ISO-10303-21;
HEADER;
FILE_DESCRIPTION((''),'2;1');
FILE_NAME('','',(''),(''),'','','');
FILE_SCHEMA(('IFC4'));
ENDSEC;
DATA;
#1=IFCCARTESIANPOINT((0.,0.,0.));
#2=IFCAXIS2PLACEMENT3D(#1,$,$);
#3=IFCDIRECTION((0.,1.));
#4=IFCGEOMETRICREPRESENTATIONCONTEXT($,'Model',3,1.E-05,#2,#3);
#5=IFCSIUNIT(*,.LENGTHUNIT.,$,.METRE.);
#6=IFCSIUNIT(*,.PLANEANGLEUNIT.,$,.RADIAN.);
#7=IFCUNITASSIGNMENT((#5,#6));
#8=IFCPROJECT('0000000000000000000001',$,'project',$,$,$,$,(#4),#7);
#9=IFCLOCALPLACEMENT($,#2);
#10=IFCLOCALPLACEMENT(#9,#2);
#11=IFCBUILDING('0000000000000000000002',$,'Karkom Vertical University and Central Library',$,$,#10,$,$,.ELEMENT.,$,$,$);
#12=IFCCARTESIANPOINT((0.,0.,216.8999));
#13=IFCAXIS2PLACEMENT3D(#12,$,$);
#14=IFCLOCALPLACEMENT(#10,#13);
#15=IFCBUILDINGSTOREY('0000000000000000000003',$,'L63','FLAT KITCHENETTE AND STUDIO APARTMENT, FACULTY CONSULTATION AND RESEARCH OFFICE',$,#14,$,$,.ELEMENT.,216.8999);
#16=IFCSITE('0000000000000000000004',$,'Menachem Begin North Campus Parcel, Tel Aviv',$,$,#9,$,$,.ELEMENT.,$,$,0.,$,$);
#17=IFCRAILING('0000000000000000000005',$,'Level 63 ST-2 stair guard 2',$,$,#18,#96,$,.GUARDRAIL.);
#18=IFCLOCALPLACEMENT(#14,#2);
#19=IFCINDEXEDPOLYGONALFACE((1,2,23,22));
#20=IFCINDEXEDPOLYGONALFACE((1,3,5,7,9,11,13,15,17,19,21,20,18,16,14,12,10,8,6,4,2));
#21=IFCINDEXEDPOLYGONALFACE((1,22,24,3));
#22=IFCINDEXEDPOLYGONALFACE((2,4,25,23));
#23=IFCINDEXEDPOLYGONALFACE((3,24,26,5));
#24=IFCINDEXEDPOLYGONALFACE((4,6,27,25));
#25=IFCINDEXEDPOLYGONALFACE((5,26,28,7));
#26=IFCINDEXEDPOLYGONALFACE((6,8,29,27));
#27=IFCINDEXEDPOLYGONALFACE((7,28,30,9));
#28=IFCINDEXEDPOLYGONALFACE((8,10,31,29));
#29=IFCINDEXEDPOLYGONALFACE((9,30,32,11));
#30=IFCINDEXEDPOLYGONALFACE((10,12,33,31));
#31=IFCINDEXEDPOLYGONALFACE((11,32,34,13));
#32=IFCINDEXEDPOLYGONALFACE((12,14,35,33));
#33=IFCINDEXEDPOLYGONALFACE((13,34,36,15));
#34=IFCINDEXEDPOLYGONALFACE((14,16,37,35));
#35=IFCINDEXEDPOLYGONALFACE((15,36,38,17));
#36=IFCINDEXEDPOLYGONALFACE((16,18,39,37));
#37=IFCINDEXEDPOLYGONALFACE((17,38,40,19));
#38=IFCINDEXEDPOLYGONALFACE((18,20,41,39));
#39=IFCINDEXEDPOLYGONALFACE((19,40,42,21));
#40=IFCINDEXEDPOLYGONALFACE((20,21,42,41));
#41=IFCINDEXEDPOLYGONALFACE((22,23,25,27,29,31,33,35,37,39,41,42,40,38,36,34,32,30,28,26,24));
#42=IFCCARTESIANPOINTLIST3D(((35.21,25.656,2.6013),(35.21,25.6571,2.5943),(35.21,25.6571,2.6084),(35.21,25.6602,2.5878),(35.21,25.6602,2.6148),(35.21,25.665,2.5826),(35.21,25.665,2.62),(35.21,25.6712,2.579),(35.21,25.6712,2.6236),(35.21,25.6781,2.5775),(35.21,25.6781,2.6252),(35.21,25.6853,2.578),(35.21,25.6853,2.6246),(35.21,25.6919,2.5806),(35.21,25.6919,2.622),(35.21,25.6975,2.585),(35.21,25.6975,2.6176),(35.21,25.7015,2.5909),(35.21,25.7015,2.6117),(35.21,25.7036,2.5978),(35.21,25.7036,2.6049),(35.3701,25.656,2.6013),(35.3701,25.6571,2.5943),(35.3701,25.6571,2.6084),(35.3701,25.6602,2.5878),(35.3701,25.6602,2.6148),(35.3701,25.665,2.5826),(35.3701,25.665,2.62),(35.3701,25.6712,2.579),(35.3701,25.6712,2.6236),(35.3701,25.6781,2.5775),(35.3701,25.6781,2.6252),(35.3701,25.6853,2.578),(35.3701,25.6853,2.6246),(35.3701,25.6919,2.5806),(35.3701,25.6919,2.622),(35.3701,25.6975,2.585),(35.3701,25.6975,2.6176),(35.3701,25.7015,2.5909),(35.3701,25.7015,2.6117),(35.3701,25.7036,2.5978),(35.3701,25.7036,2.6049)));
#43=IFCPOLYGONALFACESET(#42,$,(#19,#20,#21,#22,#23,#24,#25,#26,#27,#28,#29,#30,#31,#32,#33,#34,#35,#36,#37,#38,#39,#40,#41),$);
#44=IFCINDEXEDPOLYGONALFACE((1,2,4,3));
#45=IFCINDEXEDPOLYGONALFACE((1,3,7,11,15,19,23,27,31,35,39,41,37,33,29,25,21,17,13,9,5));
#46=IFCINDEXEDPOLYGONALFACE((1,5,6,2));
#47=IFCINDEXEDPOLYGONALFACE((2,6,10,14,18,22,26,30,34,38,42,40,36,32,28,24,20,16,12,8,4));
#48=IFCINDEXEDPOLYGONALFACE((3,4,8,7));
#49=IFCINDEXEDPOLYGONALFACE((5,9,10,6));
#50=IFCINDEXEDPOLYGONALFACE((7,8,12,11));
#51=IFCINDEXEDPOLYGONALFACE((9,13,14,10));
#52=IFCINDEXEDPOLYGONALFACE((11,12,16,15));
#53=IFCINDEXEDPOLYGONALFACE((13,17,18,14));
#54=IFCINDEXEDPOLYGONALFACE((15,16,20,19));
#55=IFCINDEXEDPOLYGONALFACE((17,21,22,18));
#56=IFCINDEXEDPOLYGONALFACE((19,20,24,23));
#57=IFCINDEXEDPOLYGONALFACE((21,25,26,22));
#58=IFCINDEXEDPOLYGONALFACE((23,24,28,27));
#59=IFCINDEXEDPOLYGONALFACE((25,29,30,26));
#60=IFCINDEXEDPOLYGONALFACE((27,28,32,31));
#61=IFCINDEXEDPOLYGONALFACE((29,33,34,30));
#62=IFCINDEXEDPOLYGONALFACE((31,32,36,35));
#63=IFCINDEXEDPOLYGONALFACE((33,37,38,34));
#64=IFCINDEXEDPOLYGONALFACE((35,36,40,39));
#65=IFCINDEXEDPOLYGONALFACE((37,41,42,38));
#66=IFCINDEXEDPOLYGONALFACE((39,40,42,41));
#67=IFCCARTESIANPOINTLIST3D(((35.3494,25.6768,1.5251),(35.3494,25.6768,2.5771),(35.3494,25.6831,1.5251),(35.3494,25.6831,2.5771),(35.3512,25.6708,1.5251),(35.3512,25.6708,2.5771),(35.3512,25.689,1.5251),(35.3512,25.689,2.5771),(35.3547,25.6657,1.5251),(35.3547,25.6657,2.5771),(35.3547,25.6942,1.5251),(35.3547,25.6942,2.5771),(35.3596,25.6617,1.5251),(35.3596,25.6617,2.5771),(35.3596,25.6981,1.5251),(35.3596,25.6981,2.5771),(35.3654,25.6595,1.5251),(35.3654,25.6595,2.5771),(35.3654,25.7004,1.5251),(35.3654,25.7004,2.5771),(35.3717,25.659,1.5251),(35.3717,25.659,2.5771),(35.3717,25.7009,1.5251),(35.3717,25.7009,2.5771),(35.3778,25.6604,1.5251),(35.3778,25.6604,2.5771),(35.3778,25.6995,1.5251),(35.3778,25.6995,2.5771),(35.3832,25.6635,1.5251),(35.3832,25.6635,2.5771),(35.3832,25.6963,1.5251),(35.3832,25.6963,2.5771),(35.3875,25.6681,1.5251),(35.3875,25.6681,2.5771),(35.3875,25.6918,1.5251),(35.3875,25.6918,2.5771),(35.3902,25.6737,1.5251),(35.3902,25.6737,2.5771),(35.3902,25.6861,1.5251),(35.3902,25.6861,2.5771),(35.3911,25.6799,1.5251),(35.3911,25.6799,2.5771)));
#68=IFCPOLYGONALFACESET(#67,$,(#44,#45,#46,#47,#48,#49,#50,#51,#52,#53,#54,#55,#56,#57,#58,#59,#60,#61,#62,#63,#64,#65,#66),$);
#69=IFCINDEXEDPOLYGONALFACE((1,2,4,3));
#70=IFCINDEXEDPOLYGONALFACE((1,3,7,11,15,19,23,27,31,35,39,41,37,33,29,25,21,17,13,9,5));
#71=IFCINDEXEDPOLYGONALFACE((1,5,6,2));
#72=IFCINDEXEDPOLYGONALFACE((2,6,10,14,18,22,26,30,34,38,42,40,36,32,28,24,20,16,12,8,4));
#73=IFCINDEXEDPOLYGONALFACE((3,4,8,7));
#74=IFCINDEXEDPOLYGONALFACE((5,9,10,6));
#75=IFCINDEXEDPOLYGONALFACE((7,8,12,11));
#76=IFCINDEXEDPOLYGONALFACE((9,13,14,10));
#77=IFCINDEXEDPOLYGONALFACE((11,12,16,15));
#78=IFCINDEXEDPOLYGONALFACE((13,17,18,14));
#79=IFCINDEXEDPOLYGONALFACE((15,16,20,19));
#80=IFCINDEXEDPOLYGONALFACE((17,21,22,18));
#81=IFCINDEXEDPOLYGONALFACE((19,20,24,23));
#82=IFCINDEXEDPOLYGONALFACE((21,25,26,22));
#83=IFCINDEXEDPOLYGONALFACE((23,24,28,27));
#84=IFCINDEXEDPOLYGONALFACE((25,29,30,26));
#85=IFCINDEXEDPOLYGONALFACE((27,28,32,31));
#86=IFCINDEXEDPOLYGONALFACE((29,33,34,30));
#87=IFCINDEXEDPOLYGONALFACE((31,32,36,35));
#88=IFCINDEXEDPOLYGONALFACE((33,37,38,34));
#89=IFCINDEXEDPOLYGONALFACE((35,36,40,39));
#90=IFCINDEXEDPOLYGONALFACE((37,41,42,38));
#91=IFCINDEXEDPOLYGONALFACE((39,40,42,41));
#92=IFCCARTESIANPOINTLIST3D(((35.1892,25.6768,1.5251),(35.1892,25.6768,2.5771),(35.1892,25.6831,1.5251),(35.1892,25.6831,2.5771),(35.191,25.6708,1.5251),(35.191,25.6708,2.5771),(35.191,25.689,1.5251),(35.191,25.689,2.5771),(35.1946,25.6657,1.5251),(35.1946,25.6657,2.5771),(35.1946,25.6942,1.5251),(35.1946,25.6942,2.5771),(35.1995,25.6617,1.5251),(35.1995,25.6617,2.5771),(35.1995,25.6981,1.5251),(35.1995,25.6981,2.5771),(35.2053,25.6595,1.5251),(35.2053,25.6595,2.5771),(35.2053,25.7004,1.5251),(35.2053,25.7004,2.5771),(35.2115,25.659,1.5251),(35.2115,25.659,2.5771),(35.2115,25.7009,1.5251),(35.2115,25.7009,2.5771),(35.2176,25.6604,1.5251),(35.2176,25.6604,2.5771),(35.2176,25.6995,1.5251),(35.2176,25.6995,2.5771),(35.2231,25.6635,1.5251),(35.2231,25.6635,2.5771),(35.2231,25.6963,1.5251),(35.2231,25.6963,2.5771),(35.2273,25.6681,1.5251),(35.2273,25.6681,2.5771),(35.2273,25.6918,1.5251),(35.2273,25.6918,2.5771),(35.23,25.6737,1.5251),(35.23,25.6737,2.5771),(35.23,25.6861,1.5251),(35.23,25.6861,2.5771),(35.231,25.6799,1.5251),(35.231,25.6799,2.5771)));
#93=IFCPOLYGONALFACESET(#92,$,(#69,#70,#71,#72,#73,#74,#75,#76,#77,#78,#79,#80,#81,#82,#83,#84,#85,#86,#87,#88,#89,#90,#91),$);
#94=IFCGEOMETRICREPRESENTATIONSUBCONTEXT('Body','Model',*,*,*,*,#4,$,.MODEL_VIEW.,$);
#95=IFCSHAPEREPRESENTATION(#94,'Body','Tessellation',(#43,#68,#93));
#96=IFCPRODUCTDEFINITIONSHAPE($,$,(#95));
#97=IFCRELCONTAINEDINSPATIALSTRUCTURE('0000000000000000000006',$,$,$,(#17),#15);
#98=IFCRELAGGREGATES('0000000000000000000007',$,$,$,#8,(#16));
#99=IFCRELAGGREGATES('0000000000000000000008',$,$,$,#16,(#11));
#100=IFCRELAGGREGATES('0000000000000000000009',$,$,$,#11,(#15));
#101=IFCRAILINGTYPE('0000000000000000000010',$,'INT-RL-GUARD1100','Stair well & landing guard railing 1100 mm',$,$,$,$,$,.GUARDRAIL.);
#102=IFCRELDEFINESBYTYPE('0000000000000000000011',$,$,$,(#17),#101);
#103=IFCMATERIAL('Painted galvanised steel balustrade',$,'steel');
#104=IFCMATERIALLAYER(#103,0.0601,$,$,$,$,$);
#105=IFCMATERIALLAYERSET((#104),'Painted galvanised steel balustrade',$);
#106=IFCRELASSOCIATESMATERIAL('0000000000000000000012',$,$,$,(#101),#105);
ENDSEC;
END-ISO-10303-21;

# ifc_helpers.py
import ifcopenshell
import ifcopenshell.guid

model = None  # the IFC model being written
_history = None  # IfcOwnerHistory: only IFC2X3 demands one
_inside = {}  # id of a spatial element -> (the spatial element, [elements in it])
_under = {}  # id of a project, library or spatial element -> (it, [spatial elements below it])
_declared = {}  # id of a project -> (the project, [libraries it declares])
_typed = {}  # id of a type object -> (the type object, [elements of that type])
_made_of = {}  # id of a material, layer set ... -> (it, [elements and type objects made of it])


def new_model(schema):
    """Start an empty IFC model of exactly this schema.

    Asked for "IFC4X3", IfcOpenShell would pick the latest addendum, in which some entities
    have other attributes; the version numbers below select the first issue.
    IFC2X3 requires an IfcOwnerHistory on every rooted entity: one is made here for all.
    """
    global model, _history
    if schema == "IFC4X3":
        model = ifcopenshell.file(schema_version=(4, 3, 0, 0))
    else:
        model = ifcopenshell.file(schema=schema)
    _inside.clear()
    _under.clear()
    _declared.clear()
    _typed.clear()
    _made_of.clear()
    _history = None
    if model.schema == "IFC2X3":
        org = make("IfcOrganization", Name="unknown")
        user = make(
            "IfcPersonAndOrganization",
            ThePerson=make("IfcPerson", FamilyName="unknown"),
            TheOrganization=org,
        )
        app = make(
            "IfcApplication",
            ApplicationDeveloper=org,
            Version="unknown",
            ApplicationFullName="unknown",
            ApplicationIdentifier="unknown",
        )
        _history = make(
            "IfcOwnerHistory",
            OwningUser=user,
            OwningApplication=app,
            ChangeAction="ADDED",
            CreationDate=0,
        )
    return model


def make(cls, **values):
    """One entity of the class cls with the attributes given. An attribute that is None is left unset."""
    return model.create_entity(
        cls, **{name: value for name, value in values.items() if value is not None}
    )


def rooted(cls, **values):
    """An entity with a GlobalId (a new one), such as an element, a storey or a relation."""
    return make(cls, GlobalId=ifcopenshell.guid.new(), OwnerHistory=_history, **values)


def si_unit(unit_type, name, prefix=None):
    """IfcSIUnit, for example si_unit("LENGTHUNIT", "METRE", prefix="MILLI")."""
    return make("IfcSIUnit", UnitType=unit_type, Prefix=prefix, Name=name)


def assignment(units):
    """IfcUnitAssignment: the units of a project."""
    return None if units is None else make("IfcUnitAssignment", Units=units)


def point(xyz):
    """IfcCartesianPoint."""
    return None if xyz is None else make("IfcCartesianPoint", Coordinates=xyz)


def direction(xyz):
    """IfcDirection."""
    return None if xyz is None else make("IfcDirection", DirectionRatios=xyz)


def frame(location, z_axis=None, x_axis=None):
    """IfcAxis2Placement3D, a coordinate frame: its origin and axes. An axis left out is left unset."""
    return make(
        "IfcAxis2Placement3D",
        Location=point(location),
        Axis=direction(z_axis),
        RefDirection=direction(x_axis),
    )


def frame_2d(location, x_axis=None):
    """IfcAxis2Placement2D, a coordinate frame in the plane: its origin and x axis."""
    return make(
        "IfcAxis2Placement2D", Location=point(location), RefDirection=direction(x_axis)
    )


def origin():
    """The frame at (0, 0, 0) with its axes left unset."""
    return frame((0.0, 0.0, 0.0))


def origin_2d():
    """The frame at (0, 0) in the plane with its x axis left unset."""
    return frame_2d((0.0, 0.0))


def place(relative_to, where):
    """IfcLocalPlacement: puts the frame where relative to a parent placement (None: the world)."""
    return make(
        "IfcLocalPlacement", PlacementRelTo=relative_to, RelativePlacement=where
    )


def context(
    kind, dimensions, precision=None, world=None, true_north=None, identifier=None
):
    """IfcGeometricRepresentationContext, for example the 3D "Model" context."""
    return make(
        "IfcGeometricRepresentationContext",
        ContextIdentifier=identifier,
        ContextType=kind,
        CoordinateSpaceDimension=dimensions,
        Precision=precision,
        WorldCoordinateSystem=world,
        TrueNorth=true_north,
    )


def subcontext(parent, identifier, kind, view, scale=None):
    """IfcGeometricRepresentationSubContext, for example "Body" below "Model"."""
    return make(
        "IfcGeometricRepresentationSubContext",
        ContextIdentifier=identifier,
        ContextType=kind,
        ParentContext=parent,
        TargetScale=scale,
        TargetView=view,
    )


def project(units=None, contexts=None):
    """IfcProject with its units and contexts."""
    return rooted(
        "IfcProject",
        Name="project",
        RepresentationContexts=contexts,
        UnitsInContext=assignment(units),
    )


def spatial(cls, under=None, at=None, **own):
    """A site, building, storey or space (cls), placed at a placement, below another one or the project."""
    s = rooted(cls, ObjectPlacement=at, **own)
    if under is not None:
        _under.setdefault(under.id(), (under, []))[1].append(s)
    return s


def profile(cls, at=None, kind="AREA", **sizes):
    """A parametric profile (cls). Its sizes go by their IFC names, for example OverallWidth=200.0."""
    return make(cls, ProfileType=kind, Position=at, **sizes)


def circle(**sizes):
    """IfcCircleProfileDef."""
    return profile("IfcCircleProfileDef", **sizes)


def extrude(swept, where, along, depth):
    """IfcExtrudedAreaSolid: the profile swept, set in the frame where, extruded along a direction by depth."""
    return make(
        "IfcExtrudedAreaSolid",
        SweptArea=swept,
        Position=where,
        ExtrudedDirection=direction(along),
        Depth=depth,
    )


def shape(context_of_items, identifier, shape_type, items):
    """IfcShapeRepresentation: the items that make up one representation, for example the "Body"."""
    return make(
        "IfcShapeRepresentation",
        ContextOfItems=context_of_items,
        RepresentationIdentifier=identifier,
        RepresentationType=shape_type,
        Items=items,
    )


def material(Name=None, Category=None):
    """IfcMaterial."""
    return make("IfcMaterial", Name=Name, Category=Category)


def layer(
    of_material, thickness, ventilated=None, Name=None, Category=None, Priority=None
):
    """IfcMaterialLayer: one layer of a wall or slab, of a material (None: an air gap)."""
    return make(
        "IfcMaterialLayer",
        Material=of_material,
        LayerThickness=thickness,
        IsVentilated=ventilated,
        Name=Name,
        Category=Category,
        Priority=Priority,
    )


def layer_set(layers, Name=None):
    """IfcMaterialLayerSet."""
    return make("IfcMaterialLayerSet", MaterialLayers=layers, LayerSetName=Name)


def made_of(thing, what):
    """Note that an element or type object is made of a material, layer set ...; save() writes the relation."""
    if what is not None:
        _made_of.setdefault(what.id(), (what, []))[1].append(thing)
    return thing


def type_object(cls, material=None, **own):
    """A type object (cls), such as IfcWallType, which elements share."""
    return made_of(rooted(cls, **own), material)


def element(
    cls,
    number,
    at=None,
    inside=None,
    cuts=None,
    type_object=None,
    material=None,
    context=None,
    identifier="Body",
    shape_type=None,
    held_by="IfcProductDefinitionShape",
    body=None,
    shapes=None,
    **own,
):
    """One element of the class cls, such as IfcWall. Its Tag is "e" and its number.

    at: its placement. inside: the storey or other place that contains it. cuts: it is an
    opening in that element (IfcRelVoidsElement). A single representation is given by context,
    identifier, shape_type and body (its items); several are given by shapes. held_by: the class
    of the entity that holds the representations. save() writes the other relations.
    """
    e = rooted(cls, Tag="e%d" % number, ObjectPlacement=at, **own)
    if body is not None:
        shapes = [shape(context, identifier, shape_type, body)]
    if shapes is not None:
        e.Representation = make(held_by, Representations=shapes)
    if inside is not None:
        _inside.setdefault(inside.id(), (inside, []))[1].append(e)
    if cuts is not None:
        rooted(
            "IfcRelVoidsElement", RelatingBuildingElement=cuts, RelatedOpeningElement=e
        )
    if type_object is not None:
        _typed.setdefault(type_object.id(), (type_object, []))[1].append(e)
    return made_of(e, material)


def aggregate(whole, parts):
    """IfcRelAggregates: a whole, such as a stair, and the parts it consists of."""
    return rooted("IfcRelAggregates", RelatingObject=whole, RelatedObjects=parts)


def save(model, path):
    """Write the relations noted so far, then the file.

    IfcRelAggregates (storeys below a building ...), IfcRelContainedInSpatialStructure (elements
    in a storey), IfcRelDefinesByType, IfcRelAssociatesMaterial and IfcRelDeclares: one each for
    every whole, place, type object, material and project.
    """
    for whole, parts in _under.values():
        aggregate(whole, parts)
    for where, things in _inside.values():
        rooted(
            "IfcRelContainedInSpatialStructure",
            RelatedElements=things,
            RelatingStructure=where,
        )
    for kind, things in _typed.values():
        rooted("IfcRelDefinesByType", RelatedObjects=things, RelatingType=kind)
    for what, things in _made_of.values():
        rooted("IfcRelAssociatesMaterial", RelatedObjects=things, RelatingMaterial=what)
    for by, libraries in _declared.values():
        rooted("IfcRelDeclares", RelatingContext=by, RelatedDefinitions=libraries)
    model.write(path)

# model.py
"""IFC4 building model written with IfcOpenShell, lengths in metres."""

from ifc_helpers import new_model, si_unit, direction, frame, origin, origin_2d, place, context, subcontext, project, spatial, circle, extrude, material, layer, layer_set, type_object, element, save


model = new_model("IFC4")

# Units and contexts
model_context = context("Model", 3, precision=1e-05, world=origin(), true_north=direction((0.0, 1.0)))
body_context = subcontext(model_context, "Body", "Model", "MODEL_VIEW")
ifc_project = project(units=[si_unit("LENGTHUNIT", "METRE"), si_unit("PLANEANGLEUNIT", "RADIAN")], contexts=[model_context])

# Site, building, storey
site_placement = place(None, origin())
site = spatial("IfcSite", under=ifc_project, at=site_placement, Name="Menachem Begin North Campus Parcel, Tel Aviv", CompositionType="ELEMENT", RefElevation=0.0)
building_placement = place(site_placement, origin())
building = spatial("IfcBuilding", under=site, at=building_placement, Name="Karkom Vertical University and Central Library", CompositionType="ELEMENT")
storey_placement = place(building_placement, frame((0.0, 0.0, 216.8999)))
storey = spatial("IfcBuildingStorey", under=building, at=storey_placement, Name="L63", Description="FLAT KITCHENETTE AND STUDIO APARTMENT, FACULTY CONSULTATION AND RESEARCH OFFICE", CompositionType="ELEMENT", Elevation=216.8999)

# Railing
ifc_material_1 = material(Name="Painted galvanised steel balustrade", Category="steel")
ifc_layer_1 = layer(ifc_material_1, 0.0601)
ifc_layer_set_1 = layer_set([ifc_layer_1], Name="Painted galvanised steel balustrade")
railing_type_1 = type_object("IfcRailingType", Name="INT-RL-GUARD1100", Description="Stair well & landing guard railing 1100 mm", PredefinedType="GUARDRAIL", material=ifc_layer_set_1)
railing_1_placement = place(storey_placement, frame((35.3701, 25.6799, 1.5251)))
element("IfcRailing", 1, at=railing_1_placement, inside=storey, type_object=railing_type_1, Name="Level 63 ST-2 stair guard 2", PredefinedType="GUARDRAIL", context=body_context, shape_type="SweptSolid", body=[
    extrude(circle(Radius=0.0239, at=origin_2d()), frame((0.0, 0.0, 1.0762), z_axis=(-1.0, 0.0, 0.0), x_axis=(0.0, -1.0, 0.0)), (0.0, 0.0, 1.0), 0.1602),
    extrude(circle(Radius=0.021, at=origin_2d()), origin(), (0.0, 0.0, 1.0), 1.052),
    extrude(circle(Radius=0.021, at=origin_2d()), frame((-0.1602, 0.0, 0.0)), (0.0, 0.0, 1.0), 1.052),
])

save(model, "model.ifc")
